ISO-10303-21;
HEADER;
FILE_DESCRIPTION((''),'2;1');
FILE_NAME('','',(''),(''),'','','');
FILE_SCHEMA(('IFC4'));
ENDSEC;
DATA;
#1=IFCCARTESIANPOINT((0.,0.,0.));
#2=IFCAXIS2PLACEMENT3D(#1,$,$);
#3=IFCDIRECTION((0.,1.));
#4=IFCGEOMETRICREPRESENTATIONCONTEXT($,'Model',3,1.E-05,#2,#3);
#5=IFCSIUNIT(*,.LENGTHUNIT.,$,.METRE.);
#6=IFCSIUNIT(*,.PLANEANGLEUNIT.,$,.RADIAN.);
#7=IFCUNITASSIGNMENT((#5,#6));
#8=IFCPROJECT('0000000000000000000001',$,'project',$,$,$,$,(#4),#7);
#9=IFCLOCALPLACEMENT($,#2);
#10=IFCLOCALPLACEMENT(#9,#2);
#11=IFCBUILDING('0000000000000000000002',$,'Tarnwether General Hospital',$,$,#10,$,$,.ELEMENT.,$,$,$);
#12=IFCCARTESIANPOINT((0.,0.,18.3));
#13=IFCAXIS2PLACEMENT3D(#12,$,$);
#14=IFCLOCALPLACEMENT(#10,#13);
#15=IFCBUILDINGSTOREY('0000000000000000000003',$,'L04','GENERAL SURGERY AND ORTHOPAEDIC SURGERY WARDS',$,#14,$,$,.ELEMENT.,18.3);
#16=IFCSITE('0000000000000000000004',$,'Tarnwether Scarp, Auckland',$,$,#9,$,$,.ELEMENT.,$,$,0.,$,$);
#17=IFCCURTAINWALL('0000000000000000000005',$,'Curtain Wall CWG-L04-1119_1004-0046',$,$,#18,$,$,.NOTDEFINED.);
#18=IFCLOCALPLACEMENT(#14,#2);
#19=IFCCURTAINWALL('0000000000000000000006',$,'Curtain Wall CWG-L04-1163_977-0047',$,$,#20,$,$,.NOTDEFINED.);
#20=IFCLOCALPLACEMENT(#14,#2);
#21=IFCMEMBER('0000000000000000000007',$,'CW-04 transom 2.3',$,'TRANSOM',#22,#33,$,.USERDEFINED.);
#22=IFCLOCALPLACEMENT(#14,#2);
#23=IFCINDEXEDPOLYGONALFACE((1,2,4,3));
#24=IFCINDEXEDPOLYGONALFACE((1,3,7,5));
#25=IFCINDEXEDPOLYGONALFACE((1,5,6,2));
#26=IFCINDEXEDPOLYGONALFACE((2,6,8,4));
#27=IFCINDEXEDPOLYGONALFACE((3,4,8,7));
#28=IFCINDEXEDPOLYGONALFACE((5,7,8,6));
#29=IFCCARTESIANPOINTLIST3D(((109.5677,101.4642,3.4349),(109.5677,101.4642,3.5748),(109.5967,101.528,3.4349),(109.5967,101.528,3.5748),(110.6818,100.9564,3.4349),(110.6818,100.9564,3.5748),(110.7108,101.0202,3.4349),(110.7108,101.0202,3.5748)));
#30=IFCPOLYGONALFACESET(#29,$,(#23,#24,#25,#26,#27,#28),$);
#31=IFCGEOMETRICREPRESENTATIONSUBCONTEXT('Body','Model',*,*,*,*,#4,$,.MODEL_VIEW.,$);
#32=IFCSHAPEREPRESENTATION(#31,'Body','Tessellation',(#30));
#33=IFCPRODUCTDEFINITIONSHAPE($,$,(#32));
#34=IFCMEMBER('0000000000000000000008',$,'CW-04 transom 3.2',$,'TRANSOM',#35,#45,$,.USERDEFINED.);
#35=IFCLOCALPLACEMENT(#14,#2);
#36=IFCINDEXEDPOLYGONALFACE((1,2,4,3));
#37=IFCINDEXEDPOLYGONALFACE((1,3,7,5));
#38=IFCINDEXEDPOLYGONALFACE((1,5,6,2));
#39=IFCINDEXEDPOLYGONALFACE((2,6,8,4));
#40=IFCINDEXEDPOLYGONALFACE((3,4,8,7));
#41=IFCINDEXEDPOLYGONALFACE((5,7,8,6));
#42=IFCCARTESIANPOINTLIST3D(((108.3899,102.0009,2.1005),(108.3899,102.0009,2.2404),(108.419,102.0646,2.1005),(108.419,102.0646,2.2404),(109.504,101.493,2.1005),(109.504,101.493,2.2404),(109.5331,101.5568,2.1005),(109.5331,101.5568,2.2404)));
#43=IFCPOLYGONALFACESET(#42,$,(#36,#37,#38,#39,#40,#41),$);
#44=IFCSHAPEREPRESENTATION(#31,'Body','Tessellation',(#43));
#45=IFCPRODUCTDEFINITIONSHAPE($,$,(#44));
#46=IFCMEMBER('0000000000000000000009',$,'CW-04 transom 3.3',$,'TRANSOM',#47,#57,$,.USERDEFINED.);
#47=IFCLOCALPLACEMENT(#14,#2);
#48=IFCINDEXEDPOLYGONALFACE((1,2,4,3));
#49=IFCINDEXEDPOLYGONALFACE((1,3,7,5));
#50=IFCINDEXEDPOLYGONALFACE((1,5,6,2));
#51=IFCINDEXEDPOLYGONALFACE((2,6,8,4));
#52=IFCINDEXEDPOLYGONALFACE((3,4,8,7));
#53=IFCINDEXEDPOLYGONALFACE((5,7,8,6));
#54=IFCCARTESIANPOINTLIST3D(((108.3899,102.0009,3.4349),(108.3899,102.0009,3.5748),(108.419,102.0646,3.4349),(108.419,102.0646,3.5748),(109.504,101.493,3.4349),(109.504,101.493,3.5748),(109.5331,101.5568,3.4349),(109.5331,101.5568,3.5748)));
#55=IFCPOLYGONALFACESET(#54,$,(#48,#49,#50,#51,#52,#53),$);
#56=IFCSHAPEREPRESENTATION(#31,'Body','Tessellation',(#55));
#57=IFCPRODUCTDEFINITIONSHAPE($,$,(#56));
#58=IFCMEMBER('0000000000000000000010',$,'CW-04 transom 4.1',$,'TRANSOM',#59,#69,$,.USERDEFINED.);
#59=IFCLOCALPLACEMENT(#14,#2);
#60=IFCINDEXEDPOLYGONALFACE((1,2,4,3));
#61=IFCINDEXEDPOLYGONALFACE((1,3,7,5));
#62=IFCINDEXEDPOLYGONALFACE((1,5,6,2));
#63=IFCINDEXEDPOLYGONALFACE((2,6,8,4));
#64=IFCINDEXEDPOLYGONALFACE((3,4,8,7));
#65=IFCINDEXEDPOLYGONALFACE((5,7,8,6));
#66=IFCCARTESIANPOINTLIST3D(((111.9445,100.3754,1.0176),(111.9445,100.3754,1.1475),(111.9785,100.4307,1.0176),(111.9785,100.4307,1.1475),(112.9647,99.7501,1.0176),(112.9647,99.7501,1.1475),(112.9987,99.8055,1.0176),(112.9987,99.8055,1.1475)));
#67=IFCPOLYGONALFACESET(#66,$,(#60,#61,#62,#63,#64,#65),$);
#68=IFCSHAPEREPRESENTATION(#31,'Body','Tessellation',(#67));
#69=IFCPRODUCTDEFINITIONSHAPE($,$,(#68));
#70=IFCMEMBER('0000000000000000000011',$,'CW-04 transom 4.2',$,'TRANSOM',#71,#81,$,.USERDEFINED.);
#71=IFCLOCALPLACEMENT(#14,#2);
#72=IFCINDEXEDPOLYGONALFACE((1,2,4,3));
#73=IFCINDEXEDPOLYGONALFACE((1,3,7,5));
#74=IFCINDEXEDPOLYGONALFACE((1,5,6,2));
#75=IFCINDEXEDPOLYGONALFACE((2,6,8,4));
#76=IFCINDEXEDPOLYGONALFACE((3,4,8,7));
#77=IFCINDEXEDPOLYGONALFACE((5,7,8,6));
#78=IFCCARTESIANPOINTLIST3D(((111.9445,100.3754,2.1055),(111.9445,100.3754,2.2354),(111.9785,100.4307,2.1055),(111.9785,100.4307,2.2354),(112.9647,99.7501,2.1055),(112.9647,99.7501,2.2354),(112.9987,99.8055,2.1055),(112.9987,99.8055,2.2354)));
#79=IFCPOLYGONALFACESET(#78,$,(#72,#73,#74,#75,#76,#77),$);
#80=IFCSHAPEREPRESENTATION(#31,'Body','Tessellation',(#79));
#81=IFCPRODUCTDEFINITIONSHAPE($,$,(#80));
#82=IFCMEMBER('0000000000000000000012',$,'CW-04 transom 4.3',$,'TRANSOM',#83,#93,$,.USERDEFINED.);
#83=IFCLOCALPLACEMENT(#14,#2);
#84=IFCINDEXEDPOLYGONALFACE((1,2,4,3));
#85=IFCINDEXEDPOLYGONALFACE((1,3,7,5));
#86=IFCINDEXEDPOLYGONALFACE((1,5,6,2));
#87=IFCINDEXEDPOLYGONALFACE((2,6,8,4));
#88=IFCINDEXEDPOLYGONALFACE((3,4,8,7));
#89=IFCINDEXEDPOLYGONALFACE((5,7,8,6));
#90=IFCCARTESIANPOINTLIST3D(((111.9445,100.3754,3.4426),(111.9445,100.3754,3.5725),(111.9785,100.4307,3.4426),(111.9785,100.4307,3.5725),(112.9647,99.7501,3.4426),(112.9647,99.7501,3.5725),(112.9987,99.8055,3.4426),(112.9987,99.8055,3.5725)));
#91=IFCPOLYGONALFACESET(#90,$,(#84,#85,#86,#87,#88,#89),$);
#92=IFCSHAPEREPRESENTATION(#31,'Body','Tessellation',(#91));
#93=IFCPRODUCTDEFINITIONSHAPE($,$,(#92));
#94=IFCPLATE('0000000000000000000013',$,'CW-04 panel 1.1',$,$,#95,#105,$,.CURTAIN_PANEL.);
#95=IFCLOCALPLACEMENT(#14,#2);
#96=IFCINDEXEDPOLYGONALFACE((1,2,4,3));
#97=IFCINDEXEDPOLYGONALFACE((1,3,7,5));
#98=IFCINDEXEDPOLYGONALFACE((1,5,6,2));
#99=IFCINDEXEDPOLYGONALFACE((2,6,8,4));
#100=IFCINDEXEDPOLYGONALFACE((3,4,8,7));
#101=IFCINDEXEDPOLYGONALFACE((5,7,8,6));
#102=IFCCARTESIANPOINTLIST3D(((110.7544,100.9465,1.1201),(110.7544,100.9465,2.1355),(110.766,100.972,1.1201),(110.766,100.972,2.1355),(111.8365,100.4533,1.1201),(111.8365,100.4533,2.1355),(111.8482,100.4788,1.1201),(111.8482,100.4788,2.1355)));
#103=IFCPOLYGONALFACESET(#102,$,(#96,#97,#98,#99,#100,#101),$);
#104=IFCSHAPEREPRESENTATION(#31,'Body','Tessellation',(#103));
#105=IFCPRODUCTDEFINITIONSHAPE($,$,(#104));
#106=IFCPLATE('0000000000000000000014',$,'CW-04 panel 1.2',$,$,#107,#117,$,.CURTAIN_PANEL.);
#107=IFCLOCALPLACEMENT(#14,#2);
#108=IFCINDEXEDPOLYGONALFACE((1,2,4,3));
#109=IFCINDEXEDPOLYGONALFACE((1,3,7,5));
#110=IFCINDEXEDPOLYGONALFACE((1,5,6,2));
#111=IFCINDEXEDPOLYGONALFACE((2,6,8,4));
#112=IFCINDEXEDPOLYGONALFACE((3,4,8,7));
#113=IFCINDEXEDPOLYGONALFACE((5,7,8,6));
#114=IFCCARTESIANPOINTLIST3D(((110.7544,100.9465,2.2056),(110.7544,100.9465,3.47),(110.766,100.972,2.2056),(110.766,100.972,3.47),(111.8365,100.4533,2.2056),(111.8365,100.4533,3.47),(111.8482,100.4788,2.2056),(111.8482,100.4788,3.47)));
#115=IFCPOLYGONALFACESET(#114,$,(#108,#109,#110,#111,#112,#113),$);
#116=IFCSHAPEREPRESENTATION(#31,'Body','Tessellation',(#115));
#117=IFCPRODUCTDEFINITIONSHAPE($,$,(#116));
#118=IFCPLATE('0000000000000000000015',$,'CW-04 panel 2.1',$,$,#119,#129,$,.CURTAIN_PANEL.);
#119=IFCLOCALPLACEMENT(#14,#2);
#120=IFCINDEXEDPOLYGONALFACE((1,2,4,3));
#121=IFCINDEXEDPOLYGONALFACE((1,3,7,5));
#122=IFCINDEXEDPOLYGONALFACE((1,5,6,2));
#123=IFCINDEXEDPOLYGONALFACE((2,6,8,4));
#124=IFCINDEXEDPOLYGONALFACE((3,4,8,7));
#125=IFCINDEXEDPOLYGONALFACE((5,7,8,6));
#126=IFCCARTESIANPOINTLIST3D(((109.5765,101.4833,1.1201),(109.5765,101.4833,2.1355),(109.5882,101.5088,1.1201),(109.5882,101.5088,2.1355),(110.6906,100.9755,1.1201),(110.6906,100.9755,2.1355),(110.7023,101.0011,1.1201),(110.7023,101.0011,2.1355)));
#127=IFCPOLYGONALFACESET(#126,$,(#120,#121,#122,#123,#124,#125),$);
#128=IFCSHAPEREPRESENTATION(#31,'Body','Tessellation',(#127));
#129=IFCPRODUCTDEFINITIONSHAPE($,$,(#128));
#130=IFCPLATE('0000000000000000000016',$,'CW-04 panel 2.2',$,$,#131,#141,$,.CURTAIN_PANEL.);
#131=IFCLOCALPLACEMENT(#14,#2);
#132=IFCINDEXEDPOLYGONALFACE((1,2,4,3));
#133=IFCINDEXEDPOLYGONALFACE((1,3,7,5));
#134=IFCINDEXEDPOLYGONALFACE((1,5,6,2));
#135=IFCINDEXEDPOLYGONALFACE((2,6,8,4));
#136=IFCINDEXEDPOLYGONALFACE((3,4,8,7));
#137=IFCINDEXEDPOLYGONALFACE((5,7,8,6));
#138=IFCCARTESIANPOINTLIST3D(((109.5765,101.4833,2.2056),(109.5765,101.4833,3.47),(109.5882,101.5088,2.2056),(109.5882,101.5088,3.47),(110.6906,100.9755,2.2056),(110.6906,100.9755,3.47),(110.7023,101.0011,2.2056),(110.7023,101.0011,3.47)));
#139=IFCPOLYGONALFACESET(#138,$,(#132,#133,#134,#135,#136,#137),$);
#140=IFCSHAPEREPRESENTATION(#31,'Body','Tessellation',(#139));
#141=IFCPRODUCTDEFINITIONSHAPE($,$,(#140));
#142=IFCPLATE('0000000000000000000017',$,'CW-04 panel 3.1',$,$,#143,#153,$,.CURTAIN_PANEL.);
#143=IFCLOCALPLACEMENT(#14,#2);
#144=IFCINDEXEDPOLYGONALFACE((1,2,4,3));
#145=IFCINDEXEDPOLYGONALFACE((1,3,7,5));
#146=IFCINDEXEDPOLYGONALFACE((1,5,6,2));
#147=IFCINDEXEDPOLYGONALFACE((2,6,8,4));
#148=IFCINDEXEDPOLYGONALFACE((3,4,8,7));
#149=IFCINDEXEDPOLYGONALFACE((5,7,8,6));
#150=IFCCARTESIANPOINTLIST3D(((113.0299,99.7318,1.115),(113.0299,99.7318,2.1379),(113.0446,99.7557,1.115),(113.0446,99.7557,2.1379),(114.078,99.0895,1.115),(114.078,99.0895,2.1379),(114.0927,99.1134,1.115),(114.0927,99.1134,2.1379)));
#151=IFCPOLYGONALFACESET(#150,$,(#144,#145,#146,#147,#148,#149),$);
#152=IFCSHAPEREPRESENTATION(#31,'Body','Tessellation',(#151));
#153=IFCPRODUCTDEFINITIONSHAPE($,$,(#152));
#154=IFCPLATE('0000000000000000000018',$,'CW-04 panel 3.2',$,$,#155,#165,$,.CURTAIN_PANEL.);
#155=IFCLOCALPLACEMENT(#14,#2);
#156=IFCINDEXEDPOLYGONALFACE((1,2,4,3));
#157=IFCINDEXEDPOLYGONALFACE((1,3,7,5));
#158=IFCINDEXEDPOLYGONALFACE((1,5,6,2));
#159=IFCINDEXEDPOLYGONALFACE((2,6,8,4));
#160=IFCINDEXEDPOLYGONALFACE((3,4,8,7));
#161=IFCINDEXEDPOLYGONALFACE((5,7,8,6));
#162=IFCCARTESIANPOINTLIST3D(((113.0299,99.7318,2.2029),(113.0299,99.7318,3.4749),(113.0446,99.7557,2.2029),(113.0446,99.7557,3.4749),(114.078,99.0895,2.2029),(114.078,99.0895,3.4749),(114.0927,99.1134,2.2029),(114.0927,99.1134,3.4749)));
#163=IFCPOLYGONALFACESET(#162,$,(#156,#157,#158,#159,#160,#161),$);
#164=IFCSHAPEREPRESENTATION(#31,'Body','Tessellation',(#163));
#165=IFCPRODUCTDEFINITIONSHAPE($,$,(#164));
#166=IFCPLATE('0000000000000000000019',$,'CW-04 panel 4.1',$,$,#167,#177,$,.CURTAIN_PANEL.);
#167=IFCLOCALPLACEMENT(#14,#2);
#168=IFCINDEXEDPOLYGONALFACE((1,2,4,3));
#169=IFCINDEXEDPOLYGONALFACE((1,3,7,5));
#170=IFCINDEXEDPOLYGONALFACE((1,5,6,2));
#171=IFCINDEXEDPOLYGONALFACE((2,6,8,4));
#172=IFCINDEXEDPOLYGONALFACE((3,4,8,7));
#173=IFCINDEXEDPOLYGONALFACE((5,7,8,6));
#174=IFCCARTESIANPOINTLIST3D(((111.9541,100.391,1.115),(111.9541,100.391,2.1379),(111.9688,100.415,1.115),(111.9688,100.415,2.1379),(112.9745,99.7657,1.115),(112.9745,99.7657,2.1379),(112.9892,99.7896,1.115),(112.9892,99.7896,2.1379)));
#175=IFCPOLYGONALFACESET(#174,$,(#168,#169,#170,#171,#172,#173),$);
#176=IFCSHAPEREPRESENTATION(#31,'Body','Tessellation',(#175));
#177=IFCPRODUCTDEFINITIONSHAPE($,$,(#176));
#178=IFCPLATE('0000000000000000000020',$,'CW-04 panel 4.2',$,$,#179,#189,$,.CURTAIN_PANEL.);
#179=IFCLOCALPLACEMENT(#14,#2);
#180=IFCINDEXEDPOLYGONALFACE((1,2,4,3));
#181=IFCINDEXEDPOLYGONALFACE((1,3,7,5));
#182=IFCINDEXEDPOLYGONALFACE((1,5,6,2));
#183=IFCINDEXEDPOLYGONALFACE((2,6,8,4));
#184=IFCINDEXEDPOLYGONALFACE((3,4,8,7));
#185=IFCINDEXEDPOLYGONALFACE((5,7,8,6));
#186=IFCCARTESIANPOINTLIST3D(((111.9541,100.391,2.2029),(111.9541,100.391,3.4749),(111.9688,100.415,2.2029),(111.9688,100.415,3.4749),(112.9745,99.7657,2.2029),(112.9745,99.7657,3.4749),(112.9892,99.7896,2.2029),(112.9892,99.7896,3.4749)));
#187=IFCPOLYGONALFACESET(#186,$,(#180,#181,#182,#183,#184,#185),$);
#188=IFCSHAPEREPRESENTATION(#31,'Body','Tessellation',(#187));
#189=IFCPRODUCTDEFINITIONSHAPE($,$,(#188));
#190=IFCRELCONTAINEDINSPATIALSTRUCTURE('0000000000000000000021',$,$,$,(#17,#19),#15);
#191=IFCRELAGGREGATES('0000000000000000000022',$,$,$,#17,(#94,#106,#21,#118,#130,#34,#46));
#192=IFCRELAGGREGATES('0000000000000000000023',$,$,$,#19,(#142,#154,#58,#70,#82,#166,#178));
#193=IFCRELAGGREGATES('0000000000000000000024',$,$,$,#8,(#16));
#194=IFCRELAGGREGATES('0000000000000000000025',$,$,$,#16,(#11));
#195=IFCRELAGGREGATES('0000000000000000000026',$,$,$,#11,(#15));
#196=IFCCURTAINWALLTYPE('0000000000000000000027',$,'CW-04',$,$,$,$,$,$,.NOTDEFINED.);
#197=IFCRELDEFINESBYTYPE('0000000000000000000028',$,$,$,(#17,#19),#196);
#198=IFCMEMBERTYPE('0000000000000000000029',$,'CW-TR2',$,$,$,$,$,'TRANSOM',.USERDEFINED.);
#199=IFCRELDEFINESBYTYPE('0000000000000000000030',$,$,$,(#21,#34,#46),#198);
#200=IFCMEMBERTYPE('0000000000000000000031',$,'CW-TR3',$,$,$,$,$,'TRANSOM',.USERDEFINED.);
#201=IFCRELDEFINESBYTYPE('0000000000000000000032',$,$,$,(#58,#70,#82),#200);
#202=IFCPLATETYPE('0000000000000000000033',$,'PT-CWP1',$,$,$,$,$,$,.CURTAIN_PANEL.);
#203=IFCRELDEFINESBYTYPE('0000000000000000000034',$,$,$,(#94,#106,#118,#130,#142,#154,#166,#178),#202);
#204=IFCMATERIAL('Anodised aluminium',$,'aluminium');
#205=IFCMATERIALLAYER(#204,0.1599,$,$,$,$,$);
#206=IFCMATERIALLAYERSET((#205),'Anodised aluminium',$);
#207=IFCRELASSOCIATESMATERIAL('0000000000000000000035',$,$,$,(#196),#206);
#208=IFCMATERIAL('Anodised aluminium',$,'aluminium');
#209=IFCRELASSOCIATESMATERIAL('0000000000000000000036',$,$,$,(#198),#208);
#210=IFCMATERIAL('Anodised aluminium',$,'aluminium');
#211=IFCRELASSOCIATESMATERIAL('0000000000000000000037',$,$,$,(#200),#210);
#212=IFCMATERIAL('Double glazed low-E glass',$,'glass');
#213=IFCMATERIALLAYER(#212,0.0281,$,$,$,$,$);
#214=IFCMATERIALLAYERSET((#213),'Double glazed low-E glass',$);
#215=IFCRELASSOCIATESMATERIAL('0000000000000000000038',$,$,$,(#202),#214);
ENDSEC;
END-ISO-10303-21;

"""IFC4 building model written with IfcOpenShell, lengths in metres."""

from ifc_helpers import new_model, si_unit, direction, frame, origin, origin_2d, place, context, subcontext, project, spatial, rectangle, extrude, material, layer, layer_set, material_profile, profile_set, type_object, element, aggregate, save


model = new_model("IFC4")

# Units and contexts
model_context = context("Model", 3, precision=1e-05, world=origin(), true_north=direction((0.0, 1.0)))
body_context = subcontext(model_context, "Body", "Model", "MODEL_VIEW")
ifc_project = project(units=[si_unit("LENGTHUNIT", "METRE"), si_unit("PLANEANGLEUNIT", "RADIAN")], contexts=[model_context])

# Site, building, storey
site_placement = place(None, origin())
site = spatial("IfcSite", under=ifc_project, at=site_placement, Name="Tarnwether Scarp, Auckland", CompositionType="ELEMENT", RefElevation=0.0)
building_placement = place(site_placement, origin())
building = spatial("IfcBuilding", under=site, at=building_placement, Name="Tarnwether General Hospital", CompositionType="ELEMENT")
storey_placement = place(building_placement, frame((0.0, 0.0, 18.3)))
storey = spatial("IfcBuildingStorey", under=building, at=storey_placement, Name="L04", Description="GENERAL SURGERY AND ORTHOPAEDIC SURGERY WARDS", CompositionType="ELEMENT", Elevation=18.3)

# Curtain walls
ifc_material_1 = material(Name="Anodised aluminium", Category="aluminium")
ifc_layer_1 = layer(ifc_material_1, 0.1599)
ifc_layer_set_1 = layer_set([ifc_layer_1], Name="Anodised aluminium")
curtain_wall_type = type_object("IfcCurtainWallType", Name="CW-04", PredefinedType="NOTDEFINED", material=ifc_layer_set_1)
curtain_wall_1_placement = place(storey_placement, origin())
curtain_wall_1 = element("IfcCurtainWall", 1, at=curtain_wall_1_placement, inside=storey, type_object=curtain_wall_type, Name="Curtain Wall CWG-L04-1119_1004-0046", PredefinedType="NOTDEFINED")
curtain_wall_2_placement = place(storey_placement, origin())
curtain_wall_2 = element("IfcCurtainWall", 2, at=curtain_wall_2_placement, inside=storey, type_object=curtain_wall_type, Name="Curtain Wall CWG-L04-1163_977-0047", PredefinedType="NOTDEFINED")

# Members
ifc_material_2 = material(Name="Anodised aluminium", Category="aluminium")
ifc_material_profile_1 = material_profile(ifc_material_2, rectangle(XDim=0.0701, YDim=0.1399, at=origin_2d()), Name="ALU-TRN-70x140")
ifc_profile_set_1 = profile_set([ifc_material_profile_1], Name="Anodised aluminium")
member_type_1 = type_object("IfcMemberType", Name="CW-TR2", ElementType="TRANSOM", PredefinedType="USERDEFINED", material=ifc_profile_set_1)
member_1_placement = place(storey_placement, frame((110.6963, 100.9883, 3.5049), z_axis=(-0.909922, 0.414779, 0.0), x_axis=(-0.414779, -0.909922, 0.0)))
member_1 = element("IfcMember", 3, at=member_1_placement, type_object=member_type_1, Name="CW-04 transom 2.3", ObjectType="TRANSOM", PredefinedType="USERDEFINED", context=body_context, shape_type="SweptSolid", body=[
    extrude(rectangle(XDim=0.0701, YDim=0.1399, at=origin_2d()), origin(), (0.0, 0.0, 1.0), 1.2244),
])
member_2_placement = place(storey_placement, frame((109.5186, 101.5249, 2.1704), z_axis=(-0.909922, 0.414779, 0.0), x_axis=(-0.414779, -0.909922, 0.0)))
member_2 = element("IfcMember", 4, at=member_2_placement, type_object=member_type_1, Name="CW-04 transom 3.2", ObjectType="TRANSOM", PredefinedType="USERDEFINED", context=body_context, shape_type="SweptSolid", body=[
    extrude(rectangle(XDim=0.0701, YDim=0.1399, at=origin_2d()), origin(), (0.0, 0.0, 1.0), 1.2244),
])
member_3_placement = place(storey_placement, frame((109.5186, 101.5249, 3.5049), z_axis=(-0.909922, 0.414779, 0.0), x_axis=(-0.414779, -0.909922, 0.0)))
member_3 = element("IfcMember", 5, at=member_3_placement, type_object=member_type_1, Name="CW-04 transom 3.3", ObjectType="TRANSOM", PredefinedType="USERDEFINED", context=body_context, shape_type="SweptSolid", body=[
    extrude(rectangle(XDim=0.0701, YDim=0.1399, at=origin_2d()), origin(), (0.0, 0.0, 1.0), 1.2244),
])
ifc_material_3 = material(Name="Anodised aluminium", Category="aluminium")
ifc_material_profile_2 = material_profile(ifc_material_3, rectangle(XDim=0.0649, YDim=0.1299, at=origin_2d()), Name="ALU-TRN-65x130")
ifc_profile_set_2 = profile_set([ifc_material_profile_2], Name="Anodised aluminium")
member_type_2 = type_object("IfcMemberType", Name="CW-TR3", ElementType="TRANSOM", PredefinedType="USERDEFINED", material=ifc_profile_set_2)
member_4_placement = place(storey_placement, frame((112.9817, 99.7778, 1.0825), z_axis=(-0.852631, 0.522514, 0.0), x_axis=(-0.522514, -0.852631, 0.0)))
member_4 = element("IfcMember", 6, at=member_4_placement, type_object=member_type_2, Name="CW-04 transom 4.1", ObjectType="TRANSOM", PredefinedType="USERDEFINED", context=body_context, shape_type="SweptSolid", body=[
    extrude(rectangle(XDim=0.0649, YDim=0.1299, at=origin_2d()), origin(), (0.0, 0.0, 1.0), 1.1965),
])
member_5_placement = place(storey_placement, frame((112.9817, 99.7778, 2.1704), z_axis=(-0.852631, 0.522514, 0.0), x_axis=(-0.522514, -0.852631, 0.0)))
member_5 = element("IfcMember", 7, at=member_5_placement, type_object=member_type_2, Name="CW-04 transom 4.2", ObjectType="TRANSOM", PredefinedType="USERDEFINED", context=body_context, shape_type="SweptSolid", body=[
    extrude(rectangle(XDim=0.0649, YDim=0.1299, at=origin_2d()), origin(), (0.0, 0.0, 1.0), 1.1965),
])
member_6_placement = place(storey_placement, frame((112.9817, 99.7778, 3.5076), z_axis=(-0.852631, 0.522514, 0.0), x_axis=(-0.522514, -0.852631, 0.0)))
member_6 = element("IfcMember", 8, at=member_6_placement, type_object=member_type_2, Name="CW-04 transom 4.3", ObjectType="TRANSOM", PredefinedType="USERDEFINED", context=body_context, shape_type="SweptSolid", body=[
    extrude(rectangle(XDim=0.0649, YDim=0.1299, at=origin_2d()), origin(), (0.0, 0.0, 1.0), 1.1965),
])

# Plates
ifc_material_4 = material(Name="Double glazed low-E glass", Category="glass")
ifc_layer_2 = layer(ifc_material_4, 0.0281)
ifc_layer_set_2 = layer_set([ifc_layer_2], Name="Double glazed low-E glass")
plate_type_1 = type_object("IfcPlateType", Name="PT-CWP1", PredefinedType="CURTAIN_PANEL", material=ifc_layer_set_2)
plate_1_placement = place(storey_placement, frame((111.3013, 100.7126, 1.1201), z_axis=(0.0, 0.0, 1.0), x_axis=(-0.909956, 0.414705, 0.0)))
plate_1 = element("IfcPlate", 9, at=plate_1_placement, type_object=plate_type_1, Name="CW-04 panel 1.1", PredefinedType="CURTAIN_PANEL", context=body_context, shape_type="SweptSolid", body=[
    extrude(rectangle(XDim=1.1892, YDim=0.0281, at=origin_2d()), origin(), (0.0, 0.0, 1.0), 1.0154),
])
plate_2_placement = place(storey_placement, frame((111.3013, 100.7126, 2.2056), z_axis=(0.0, 0.0, 1.0), x_axis=(-0.909956, 0.414705, 0.0)))
plate_2 = element("IfcPlate", 10, at=plate_2_placement, type_object=plate_type_1, Name="CW-04 panel 1.2", PredefinedType="CURTAIN_PANEL", context=body_context, shape_type="SweptSolid", body=[
    extrude(rectangle(XDim=1.1892, YDim=0.0281, at=origin_2d()), origin(), (0.0, 0.0, 1.0), 1.2644),
])
plate_3_placement = place(storey_placement, frame((110.1394, 101.2422, 1.1201), z_axis=(0.0, 0.0, 1.0), x_axis=(-0.909956, 0.414705, 0.0)))
plate_3 = element("IfcPlate", 11, at=plate_3_placement, type_object=plate_type_1, Name="CW-04 panel 2.1", PredefinedType="CURTAIN_PANEL", context=body_context, shape_type="SweptSolid", body=[
    extrude(rectangle(XDim=1.2244, YDim=0.0281, at=origin_2d()), origin(), (0.0, 0.0, 1.0), 1.0154),
])
plate_4_placement = place(storey_placement, frame((110.1394, 101.2422, 2.2056), z_axis=(0.0, 0.0, 1.0), x_axis=(-0.909956, 0.414705, 0.0)))
plate_4 = element("IfcPlate", 12, at=plate_4_placement, type_object=plate_type_1, Name="CW-04 panel 2.2", PredefinedType="CURTAIN_PANEL", context=body_context, shape_type="SweptSolid", body=[
    extrude(rectangle(XDim=1.2244, YDim=0.0281, at=origin_2d()), origin(), (0.0, 0.0, 1.0), 1.2644),
])
aggregate(curtain_wall_1, [plate_1, plate_2, member_1, plate_3, plate_4, member_2, member_3])
plate_5_placement = place(storey_placement, frame((113.5613, 99.4226, 1.115), z_axis=(0.0, 0.0, 1.0), x_axis=(-0.852632, 0.522512, 0.0)))
plate_5 = element("IfcPlate", 13, at=plate_5_placement, type_object=plate_type_1, Name="CW-04 panel 3.1", PredefinedType="CURTAIN_PANEL", context=body_context, shape_type="SweptSolid", body=[
    extrude(rectangle(XDim=1.2292, YDim=0.0281, at=origin_2d()), origin(), (0.0, 0.0, 1.0), 1.0229),
])
plate_6_placement = place(storey_placement, frame((113.5613, 99.4226, 2.2029), z_axis=(0.0, 0.0, 1.0), x_axis=(-0.852632, 0.522512, 0.0)))
plate_6 = element("IfcPlate", 14, at=plate_6_placement, type_object=plate_type_1, Name="CW-04 panel 3.2", PredefinedType="CURTAIN_PANEL", context=body_context, shape_type="SweptSolid", body=[
    extrude(rectangle(XDim=1.2292, YDim=0.0281, at=origin_2d()), origin(), (0.0, 0.0, 1.0), 1.272),
])
plate_7_placement = place(storey_placement, frame((112.4717, 100.0903, 1.115), z_axis=(0.0, 0.0, 1.0), x_axis=(-0.852632, 0.522512, 0.0)))
plate_7 = element("IfcPlate", 15, at=plate_7_placement, type_object=plate_type_1, Name="CW-04 panel 4.1", PredefinedType="CURTAIN_PANEL", context=body_context, shape_type="SweptSolid", body=[
    extrude(rectangle(XDim=1.1968, YDim=0.0281, at=origin_2d()), origin(), (0.0, 0.0, 1.0), 1.0229),
])
plate_8_placement = place(storey_placement, frame((112.4717, 100.0903, 2.2029), z_axis=(0.0, 0.0, 1.0), x_axis=(-0.852632, 0.522512, 0.0)))
plate_8 = element("IfcPlate", 16, at=plate_8_placement, type_object=plate_type_1, Name="CW-04 panel 4.2", PredefinedType="CURTAIN_PANEL", context=body_context, shape_type="SweptSolid", body=[
    extrude(rectangle(XDim=1.1968, YDim=0.0281, at=origin_2d()), origin(), (0.0, 0.0, 1.0), 1.272),
])
aggregate(curtain_wall_2, [plate_5, plate_6, member_4, member_5, member_6, plate_7, plate_8])

save(model, "model.ifc")
